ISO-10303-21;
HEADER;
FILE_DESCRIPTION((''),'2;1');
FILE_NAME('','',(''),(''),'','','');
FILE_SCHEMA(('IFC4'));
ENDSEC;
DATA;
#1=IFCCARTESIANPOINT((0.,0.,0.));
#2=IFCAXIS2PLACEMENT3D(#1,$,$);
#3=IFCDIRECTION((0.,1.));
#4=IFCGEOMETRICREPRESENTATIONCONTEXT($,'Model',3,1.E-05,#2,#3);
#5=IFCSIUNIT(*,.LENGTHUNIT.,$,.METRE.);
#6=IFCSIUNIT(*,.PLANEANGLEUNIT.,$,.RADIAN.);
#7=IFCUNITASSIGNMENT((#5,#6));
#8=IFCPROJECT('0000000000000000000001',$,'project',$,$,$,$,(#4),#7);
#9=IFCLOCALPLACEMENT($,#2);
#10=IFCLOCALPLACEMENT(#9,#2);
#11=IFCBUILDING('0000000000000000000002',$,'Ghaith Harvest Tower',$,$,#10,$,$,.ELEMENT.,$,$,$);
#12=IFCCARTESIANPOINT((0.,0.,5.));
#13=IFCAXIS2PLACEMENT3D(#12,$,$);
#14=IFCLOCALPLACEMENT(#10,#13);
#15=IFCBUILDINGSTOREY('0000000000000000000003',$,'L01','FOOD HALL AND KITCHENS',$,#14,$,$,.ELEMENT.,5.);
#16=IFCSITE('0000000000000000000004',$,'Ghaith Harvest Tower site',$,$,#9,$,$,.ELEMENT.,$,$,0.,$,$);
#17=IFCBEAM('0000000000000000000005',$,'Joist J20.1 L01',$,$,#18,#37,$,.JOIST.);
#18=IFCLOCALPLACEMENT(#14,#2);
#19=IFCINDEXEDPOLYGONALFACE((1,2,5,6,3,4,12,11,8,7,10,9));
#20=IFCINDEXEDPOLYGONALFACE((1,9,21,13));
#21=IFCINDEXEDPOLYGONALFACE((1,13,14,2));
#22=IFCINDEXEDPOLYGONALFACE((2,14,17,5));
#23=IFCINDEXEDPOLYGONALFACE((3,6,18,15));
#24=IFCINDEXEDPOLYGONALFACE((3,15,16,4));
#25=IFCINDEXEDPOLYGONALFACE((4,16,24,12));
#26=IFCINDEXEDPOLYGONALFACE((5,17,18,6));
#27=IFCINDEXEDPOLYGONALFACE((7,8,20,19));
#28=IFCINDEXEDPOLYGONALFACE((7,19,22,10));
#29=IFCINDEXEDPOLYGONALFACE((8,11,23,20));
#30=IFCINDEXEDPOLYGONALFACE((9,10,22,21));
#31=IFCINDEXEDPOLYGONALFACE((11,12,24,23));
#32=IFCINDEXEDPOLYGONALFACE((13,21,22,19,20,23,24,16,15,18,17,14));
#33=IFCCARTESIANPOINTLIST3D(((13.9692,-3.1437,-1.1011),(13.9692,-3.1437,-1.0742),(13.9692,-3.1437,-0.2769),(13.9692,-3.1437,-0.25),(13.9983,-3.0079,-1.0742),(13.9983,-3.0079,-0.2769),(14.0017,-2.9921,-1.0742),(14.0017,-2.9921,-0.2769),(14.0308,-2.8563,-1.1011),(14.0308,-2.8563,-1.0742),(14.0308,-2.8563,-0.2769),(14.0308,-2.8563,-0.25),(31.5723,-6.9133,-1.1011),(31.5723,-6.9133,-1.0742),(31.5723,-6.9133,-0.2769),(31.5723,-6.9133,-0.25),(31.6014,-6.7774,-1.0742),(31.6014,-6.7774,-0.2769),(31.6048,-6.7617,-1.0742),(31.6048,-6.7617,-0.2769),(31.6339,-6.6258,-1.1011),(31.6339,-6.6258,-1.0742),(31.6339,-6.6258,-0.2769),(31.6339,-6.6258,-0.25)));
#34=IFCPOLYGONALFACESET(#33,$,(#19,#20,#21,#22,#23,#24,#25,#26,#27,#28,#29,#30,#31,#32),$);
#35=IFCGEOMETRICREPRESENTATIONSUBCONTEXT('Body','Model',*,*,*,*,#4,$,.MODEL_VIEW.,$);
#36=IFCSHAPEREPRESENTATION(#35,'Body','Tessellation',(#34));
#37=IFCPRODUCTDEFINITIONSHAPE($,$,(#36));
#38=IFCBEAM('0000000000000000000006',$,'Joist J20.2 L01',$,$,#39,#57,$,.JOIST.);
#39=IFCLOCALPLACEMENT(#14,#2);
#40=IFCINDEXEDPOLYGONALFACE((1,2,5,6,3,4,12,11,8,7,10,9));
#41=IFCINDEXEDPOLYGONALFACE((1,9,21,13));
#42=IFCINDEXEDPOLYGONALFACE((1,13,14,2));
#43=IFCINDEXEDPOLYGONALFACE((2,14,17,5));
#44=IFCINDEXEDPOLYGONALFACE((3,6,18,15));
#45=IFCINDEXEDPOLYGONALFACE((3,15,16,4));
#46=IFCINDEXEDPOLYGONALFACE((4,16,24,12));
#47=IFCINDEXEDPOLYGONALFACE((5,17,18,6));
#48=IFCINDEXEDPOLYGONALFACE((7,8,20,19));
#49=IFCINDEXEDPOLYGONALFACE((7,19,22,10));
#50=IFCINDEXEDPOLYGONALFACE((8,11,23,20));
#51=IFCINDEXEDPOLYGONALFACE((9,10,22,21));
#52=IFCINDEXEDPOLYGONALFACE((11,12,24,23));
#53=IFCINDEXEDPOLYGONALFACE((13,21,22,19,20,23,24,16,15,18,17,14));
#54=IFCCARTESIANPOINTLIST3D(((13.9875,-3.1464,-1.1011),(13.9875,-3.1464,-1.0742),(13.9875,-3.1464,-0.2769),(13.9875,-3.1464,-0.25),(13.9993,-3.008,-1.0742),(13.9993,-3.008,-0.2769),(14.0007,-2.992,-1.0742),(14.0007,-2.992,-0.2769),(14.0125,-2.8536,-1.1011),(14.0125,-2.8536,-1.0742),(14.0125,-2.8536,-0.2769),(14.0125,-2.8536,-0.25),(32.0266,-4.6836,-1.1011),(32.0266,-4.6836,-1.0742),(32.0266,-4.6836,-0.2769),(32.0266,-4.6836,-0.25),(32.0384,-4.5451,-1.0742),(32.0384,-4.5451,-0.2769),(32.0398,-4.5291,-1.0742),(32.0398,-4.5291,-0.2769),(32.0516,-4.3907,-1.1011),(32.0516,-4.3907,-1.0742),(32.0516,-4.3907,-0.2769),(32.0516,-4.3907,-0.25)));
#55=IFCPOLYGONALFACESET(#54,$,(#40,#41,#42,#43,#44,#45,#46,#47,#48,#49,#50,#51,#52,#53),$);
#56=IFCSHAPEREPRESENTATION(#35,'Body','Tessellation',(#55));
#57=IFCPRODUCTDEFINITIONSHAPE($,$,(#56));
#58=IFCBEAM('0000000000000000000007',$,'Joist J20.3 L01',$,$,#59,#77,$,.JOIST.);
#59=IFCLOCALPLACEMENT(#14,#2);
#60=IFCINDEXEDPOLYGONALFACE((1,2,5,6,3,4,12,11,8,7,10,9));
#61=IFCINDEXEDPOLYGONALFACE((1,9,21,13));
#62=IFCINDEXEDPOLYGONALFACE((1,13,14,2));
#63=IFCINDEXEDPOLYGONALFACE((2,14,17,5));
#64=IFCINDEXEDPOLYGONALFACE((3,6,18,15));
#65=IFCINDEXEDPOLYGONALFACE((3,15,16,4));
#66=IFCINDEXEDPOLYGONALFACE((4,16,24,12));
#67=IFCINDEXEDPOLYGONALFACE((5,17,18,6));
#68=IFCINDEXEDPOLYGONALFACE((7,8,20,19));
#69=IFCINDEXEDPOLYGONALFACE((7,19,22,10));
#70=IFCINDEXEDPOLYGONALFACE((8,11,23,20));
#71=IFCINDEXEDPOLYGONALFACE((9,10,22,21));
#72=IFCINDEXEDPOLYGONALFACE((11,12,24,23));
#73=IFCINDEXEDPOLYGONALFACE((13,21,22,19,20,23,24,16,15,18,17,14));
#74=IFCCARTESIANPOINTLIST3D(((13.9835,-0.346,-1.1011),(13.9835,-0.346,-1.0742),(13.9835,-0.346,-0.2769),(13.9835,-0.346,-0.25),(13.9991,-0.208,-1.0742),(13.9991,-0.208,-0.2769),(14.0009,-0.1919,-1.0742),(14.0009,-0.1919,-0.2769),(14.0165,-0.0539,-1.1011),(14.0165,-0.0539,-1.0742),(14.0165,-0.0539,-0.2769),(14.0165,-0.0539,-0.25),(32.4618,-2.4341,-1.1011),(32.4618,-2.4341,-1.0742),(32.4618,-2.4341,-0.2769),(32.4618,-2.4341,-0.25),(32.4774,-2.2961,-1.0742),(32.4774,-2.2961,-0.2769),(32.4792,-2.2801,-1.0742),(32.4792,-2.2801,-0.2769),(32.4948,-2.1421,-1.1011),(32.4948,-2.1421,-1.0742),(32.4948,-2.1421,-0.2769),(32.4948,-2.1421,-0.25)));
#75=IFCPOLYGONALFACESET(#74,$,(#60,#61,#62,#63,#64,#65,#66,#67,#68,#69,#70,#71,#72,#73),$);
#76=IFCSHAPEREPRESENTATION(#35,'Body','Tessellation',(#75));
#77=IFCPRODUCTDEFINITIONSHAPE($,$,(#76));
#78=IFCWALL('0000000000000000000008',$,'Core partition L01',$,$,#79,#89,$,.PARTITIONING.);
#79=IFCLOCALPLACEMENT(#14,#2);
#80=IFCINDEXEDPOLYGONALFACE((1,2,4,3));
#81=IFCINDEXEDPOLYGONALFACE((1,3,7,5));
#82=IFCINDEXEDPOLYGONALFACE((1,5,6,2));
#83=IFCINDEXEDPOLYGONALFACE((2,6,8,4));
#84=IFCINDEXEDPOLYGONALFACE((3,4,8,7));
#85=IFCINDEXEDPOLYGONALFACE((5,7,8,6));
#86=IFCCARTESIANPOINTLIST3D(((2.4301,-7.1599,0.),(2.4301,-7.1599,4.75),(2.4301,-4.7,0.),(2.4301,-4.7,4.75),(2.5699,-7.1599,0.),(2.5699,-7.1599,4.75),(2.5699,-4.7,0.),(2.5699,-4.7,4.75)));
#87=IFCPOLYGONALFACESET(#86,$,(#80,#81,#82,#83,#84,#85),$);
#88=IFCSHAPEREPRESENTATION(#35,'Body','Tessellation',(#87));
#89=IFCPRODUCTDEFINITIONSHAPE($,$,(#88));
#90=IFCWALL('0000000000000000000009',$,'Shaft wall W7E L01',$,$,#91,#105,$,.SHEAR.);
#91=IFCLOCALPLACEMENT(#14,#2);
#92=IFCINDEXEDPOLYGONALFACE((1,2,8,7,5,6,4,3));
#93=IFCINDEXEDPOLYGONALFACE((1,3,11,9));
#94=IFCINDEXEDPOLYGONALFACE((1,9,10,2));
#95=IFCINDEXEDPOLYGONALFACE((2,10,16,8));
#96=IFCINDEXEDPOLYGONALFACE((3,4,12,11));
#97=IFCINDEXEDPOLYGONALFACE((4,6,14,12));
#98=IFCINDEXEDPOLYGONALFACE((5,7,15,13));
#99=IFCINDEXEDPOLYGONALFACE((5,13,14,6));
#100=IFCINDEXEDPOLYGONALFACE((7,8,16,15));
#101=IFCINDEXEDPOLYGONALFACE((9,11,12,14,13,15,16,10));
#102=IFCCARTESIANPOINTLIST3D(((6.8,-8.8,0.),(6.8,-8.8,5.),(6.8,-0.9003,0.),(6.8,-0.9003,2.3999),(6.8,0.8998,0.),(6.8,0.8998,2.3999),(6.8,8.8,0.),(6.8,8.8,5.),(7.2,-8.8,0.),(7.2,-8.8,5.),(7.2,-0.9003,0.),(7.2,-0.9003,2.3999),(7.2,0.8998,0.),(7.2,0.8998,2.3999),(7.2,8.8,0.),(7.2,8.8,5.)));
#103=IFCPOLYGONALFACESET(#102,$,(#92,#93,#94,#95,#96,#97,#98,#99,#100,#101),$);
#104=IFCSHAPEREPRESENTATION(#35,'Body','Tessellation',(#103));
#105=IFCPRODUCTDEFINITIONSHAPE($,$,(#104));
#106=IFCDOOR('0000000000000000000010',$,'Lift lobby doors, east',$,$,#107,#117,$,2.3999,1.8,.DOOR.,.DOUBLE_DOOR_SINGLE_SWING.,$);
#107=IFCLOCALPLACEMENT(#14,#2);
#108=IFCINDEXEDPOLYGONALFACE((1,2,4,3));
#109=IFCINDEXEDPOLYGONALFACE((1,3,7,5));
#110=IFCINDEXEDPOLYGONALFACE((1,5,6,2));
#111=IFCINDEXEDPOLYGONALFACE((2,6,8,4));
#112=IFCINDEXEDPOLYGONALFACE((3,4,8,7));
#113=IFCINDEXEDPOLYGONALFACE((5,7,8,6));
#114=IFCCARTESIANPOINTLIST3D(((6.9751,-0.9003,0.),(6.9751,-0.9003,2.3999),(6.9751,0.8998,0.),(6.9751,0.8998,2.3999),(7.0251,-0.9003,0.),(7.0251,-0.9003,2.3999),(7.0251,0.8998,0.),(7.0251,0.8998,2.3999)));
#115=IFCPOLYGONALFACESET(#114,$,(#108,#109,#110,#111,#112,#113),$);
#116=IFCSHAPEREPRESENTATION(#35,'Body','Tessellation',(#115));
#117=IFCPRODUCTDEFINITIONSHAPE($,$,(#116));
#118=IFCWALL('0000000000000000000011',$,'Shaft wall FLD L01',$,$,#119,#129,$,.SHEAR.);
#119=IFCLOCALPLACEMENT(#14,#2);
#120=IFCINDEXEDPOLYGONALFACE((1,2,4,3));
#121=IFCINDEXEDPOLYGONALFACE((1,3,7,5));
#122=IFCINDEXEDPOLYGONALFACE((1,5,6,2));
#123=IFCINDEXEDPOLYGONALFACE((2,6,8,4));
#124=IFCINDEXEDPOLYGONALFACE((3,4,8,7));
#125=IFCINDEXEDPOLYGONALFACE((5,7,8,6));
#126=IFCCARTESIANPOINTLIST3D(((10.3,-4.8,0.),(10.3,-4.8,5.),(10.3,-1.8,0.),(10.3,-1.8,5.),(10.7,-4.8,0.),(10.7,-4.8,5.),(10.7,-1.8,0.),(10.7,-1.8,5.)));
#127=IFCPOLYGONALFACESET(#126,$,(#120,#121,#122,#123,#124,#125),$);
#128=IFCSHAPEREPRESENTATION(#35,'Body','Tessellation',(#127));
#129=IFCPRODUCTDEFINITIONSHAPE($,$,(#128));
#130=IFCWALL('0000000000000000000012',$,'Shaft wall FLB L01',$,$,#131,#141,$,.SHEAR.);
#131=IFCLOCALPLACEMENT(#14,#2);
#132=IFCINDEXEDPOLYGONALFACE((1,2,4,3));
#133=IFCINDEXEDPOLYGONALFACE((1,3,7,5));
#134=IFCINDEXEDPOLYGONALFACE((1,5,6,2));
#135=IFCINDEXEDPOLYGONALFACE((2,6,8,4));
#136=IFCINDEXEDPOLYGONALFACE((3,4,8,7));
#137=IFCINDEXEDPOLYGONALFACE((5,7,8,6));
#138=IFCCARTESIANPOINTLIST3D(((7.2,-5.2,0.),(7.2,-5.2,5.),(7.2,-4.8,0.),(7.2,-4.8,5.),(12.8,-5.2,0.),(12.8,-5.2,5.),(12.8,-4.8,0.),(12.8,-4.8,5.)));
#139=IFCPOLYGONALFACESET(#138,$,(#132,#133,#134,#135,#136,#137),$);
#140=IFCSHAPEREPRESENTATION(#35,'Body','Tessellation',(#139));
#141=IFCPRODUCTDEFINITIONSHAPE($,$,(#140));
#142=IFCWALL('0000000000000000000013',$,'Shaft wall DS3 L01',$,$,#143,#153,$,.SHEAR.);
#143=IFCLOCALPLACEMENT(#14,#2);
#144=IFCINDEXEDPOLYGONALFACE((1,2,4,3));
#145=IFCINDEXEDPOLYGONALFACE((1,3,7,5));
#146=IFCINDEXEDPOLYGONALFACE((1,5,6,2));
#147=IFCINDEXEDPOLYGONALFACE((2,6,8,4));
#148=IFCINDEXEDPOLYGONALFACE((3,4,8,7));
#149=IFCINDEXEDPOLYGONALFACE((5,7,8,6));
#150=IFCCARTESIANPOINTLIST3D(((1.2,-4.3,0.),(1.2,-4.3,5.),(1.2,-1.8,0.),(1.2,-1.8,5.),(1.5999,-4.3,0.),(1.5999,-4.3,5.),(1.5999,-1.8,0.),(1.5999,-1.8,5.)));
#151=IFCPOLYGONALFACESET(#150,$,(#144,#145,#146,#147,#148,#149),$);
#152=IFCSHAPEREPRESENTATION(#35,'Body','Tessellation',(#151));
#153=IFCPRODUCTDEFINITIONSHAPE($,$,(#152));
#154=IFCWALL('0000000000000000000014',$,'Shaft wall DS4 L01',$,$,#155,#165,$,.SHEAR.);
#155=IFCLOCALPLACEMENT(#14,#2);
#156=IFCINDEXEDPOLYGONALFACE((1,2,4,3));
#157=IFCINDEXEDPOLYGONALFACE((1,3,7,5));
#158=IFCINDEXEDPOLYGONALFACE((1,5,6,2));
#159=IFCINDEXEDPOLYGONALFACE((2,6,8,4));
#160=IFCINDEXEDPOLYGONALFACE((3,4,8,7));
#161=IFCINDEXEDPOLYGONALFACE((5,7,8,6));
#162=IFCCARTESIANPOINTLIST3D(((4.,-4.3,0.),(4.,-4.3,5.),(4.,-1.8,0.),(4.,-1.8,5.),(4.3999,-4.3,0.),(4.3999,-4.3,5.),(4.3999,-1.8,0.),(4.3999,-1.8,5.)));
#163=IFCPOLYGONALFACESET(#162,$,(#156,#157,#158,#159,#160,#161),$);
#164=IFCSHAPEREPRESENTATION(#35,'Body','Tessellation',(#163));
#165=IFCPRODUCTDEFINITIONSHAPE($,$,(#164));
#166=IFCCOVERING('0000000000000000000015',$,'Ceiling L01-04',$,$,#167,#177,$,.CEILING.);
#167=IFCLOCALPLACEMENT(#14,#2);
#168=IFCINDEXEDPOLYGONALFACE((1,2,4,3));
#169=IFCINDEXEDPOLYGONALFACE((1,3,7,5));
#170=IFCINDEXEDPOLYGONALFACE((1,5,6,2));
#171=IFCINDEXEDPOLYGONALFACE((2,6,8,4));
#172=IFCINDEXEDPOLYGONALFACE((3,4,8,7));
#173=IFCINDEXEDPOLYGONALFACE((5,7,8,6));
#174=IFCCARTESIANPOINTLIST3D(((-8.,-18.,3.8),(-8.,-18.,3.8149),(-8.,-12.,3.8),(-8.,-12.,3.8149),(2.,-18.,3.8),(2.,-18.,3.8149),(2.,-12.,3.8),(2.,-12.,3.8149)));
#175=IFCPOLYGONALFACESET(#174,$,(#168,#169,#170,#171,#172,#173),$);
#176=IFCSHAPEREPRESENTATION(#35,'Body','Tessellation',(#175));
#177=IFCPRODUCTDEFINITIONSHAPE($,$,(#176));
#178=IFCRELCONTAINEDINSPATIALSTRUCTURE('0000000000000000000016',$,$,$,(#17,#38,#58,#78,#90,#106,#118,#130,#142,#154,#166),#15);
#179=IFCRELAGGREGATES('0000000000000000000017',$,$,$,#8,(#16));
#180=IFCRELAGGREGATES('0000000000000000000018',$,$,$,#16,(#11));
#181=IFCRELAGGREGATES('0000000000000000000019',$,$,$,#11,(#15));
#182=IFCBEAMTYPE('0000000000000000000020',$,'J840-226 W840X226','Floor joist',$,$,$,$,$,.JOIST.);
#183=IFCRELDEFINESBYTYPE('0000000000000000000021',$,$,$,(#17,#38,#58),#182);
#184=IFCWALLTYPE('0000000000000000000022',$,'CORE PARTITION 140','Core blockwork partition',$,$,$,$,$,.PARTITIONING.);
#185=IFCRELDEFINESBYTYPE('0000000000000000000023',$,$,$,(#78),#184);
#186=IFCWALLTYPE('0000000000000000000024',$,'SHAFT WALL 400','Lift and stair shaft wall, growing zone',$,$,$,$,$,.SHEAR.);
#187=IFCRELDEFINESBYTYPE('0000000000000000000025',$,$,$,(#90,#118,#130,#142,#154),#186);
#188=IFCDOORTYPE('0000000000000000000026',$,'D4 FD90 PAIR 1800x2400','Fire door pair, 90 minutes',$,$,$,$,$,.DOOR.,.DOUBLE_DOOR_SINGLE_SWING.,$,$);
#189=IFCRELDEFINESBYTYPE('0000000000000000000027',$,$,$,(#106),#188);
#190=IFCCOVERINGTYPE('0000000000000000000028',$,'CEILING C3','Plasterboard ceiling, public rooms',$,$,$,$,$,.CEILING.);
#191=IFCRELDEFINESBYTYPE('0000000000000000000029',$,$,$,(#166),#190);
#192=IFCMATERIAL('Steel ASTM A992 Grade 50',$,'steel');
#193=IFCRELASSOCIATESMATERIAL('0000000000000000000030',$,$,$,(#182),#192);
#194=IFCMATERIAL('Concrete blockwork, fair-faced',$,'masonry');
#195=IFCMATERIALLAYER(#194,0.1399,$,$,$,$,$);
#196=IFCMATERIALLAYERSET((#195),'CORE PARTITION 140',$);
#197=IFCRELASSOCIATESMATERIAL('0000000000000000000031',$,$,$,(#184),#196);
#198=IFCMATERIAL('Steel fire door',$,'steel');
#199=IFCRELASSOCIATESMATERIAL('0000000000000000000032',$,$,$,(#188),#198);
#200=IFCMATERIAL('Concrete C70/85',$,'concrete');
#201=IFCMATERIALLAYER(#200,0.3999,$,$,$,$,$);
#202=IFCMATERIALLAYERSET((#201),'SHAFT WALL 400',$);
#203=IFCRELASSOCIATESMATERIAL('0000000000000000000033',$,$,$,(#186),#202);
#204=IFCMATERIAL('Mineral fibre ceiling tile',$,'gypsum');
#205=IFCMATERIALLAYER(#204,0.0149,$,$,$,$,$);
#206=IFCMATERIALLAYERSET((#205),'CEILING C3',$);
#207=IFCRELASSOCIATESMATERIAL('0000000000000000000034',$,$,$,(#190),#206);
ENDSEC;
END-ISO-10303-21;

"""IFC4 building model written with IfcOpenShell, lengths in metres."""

from ifc_helpers import new_model, si_unit, direction, frame, frame_2d, origin, origin_2d, place, context, subcontext, project, spatial, polyline, rectangle, i_section, outline, extrude, material, layer, layer_set, material_profile, profile_set, type_object, element, fill, save


model = new_model("IFC4")

# Units and contexts
model_context = context("Model", 3, precision=1e-05, world=origin(), true_north=direction((0.0, 1.0)))
body_context = subcontext(model_context, "Body", "Model", "MODEL_VIEW")
ifc_project = project(units=[si_unit("LENGTHUNIT", "METRE"), si_unit("PLANEANGLEUNIT", "RADIAN")], contexts=[model_context])

# Site, building, storey
site_placement = place(None, origin())
site = spatial("IfcSite", under=ifc_project, at=site_placement, Name="Ghaith Harvest Tower site", CompositionType="ELEMENT", RefElevation=0.0)
building_placement = place(site_placement, origin())
building = spatial("IfcBuilding", under=site, at=building_placement, Name="Ghaith Harvest Tower", CompositionType="ELEMENT")
storey_placement = place(building_placement, frame((0.0, 0.0, 5.0)))
storey = spatial("IfcBuildingStorey", under=building, at=storey_placement, Name="L01", Description="FOOD HALL AND KITCHENS", CompositionType="ELEMENT", Elevation=5.0)

# Beams
ifc_material_1 = material(Name="Steel ASTM A992 Grade 50", Category="steel")
ifc_material_profile_1 = material_profile(ifc_material_1, i_section(OverallWidth=0.2939, OverallDepth=0.8511, WebThickness=0.0161, FlangeThickness=0.0269, at=origin_2d()), Name="W840X226")
ifc_profile_set_1 = profile_set([ifc_material_profile_1], Name="Steel ASTM A992 Grade 50")
beam_type_1 = type_object("IfcBeamType", Name="J840-226 W840X226", Description="Floor joist", PredefinedType="JOIST", material=ifc_profile_set_1)
beam_1_placement = place(storey_placement, frame((14.0, -3.0, -0.6755), z_axis=(0.977831, -0.209394, 0.0), x_axis=(0.209394, 0.977831, 0.0)))
element("IfcBeam", 1, at=beam_1_placement, inside=storey, type_object=beam_type_1, Name="Joist J20.1 L01", PredefinedType="JOIST", context=body_context, shape_type="SweptSolid", body=[
    extrude(i_section(OverallWidth=0.2939, OverallDepth=0.8511, WebThickness=0.0161, FlangeThickness=0.0269, at=origin_2d()), origin(), (0.0, 0.0, 1.0), 18.0022),
])
beam_2_placement = place(storey_placement, frame((14.0, -3.0, -0.6755), z_axis=(0.996389, -0.084902, 0.0), x_axis=(0.084902, 0.996389, 0.0)))
element("IfcBeam", 2, at=beam_2_placement, inside=storey, type_object=beam_type_1, Name="Joist J20.2 L01", PredefinedType="JOIST", context=body_context, shape_type="SweptSolid", body=[
    extrude(i_section(OverallWidth=0.2939, OverallDepth=0.8511, WebThickness=0.0161, FlangeThickness=0.0269, at=origin_2d()), origin(), (0.0, 0.0, 1.0), 18.1045),
])
beam_3_placement = place(storey_placement, frame((14.0, -0.2, -0.6755), z_axis=(0.993675, -0.11229, 0.0), x_axis=(0.11229, 0.993675, 0.0)))
element("IfcBeam", 3, at=beam_3_placement, inside=storey, type_object=beam_type_1, Name="Joist J20.3 L01", PredefinedType="JOIST", context=body_context, shape_type="SweptSolid", body=[
    extrude(i_section(OverallWidth=0.2939, OverallDepth=0.8511, WebThickness=0.0161, FlangeThickness=0.0269, at=origin_2d()), origin(), (0.0, 0.0, 1.0), 18.5959),
])

# Wall
ifc_material_2 = material(Name="Concrete blockwork, fair-faced", Category="masonry")
ifc_layer_1 = layer(ifc_material_2, 0.1399)
ifc_layer_set_1 = layer_set([ifc_layer_1], Name="CORE PARTITION 140")
wall_type_1 = type_object("IfcWallType", Name="CORE PARTITION 140", Description="Core blockwork partition", PredefinedType="PARTITIONING", material=ifc_layer_set_1)
wall_1_placement = place(storey_placement, frame((2.5, -4.7, 0.0), z_axis=(0.0, 0.0, 1.0), x_axis=(0.0, -1.0, 0.0)))
element("IfcWall", 4, at=wall_1_placement, inside=storey, type_object=wall_type_1, Name="Core partition L01", PredefinedType="PARTITIONING", context=body_context, shape_type="SweptSolid", body=[
    extrude(rectangle(XDim=2.46, YDim=0.1399, at=frame_2d((1.23, 0.0))), origin(), (0.0, 0.0, 1.0), 4.75),
])

# Wall, opening, door
ifc_material_3 = material(Name="Steel fire door", Category="steel")
door_type_1 = type_object("IfcDoorType", Name="D4 FD90 PAIR 1800x2400", Description="Fire door pair, 90 minutes", OperationType="DOUBLE_DOOR_SINGLE_SWING", PredefinedType="DOOR", material=ifc_material_3)
ifc_material_4 = material(Name="Concrete C70/85", Category="concrete")
ifc_layer_2 = layer(ifc_material_4, 0.3999)
ifc_layer_set_2 = layer_set([ifc_layer_2], Name="SHAFT WALL 400")
wall_type_2 = type_object("IfcWallType", Name="SHAFT WALL 400", Description="Lift and stair shaft wall, growing zone", PredefinedType="SHEAR", material=ifc_layer_set_2)
wall_2_placement = place(storey_placement, frame((7.0, -8.8, 0.0), z_axis=(0.0, 0.0, 1.0), x_axis=(0.0, 1.0, 0.0)))
wall_2 = element("IfcWall", 5, at=wall_2_placement, inside=storey, type_object=wall_type_2, Name="Shaft wall W7E L01", PredefinedType="SHEAR", context=body_context, shape_type="SweptSolid", body=[
    extrude(rectangle(XDim=17.6001, YDim=0.3999, at=frame_2d((8.8, 0.0))), origin(), (0.0, 0.0, 1.0), 5.0),
])
opening_1_placement = place(wall_2_placement, frame((7.8999, 0.0, 0.0)))
opening_1 = element("IfcOpeningElement", 6, at=opening_1_placement, cuts=wall_2, PredefinedType="OPENING", context=body_context, shape_type="SweptSolid", body=[
    extrude(rectangle(XDim=1.8, YDim=2.3999, at=frame_2d((0.8999, 1.2))), frame((0.0, 0.21, 0.0), z_axis=(0.0, -1.0, 0.0), x_axis=(1.0, 0.0, 0.0)), (0.0, 0.0, 1.0), 0.4199),
])
door_1_placement = place(opening_1_placement, origin())
door_1 = element("IfcDoor", 7, at=door_1_placement, inside=storey, type_object=door_type_1, Name="Lift lobby doors, east", OperationType="DOUBLE_DOOR_SINGLE_SWING", OverallHeight=2.3999, OverallWidth=1.8, PredefinedType="DOOR", context=body_context, shape_type="SweptSolid", body=[
    extrude(rectangle(XDim=1.8, YDim=2.3999, at=frame_2d((0.8999, 1.2))), frame((0.0, 0.0249, 0.0), z_axis=(0.0, -1.0, 0.0), x_axis=(1.0, 0.0, 0.0)), (0.0, 0.0, 1.0), 0.05),
])
fill(opening_1, door_1)

# Walls
wall_3_placement = place(storey_placement, frame((10.5, -4.8, 0.0), z_axis=(0.0, 0.0, 1.0), x_axis=(0.0, 1.0, 0.0)))
element("IfcWall", 8, at=wall_3_placement, inside=storey, type_object=wall_type_2, Name="Shaft wall FLD L01", PredefinedType="SHEAR", context=body_context, shape_type="SweptSolid", body=[
    extrude(rectangle(XDim=3.0, YDim=0.3999, at=frame_2d((1.5, 0.0))), origin(), (0.0, 0.0, 1.0), 5.0),
])
wall_4_placement = place(storey_placement, frame((7.2, -5.0, 0.0), z_axis=(0.0, 0.0, 1.0), x_axis=(1.0, 0.0, 0.0)))
element("IfcWall", 9, at=wall_4_placement, inside=storey, type_object=wall_type_2, Name="Shaft wall FLB L01", PredefinedType="SHEAR", context=body_context, shape_type="SweptSolid", body=[
    extrude(rectangle(XDim=5.6001, YDim=0.3999, at=frame_2d((2.8, 0.0))), origin(), (0.0, 0.0, 1.0), 5.0),
])
for number, where, z_axis, x_axis, name in (
    (10, (1.3999, -4.3, 0.0), (0.0, 0.0, 1.0), (0.0, 1.0, 0.0), "Shaft wall DS3 L01"),
    (11, (4.2, -4.3, 0.0), (0.0, 0.0, 1.0), (0.0, 1.0, 0.0), "Shaft wall DS4 L01"),
):
    element("IfcWall", number, at=place(storey_placement, frame(where, z_axis=z_axis, x_axis=x_axis)), inside=storey, type_object=wall_type_2, Name=name, PredefinedType="SHEAR", context=body_context, shape_type="SweptSolid", body=[
        extrude(rectangle(XDim=2.5, YDim=0.3999, at=frame_2d((1.25, 0.0))), origin(), (0.0, 0.0, 1.0), 5.0),
    ])

# Covering
ifc_material_5 = material(Name="Mineral fibre ceiling tile", Category="gypsum")
ifc_layer_3 = layer(ifc_material_5, 0.0149)
ifc_layer_set_3 = layer_set([ifc_layer_3], Name="CEILING C3")
covering_type = type_object("IfcCoveringType", Name="CEILING C3", Description="Plasterboard ceiling, public rooms", PredefinedType="CEILING", material=ifc_layer_set_3)
covering_placement = place(storey_placement, frame((0.0, 0.0, 3.8)))
element("IfcCovering", 12, at=covering_placement, inside=storey, type_object=covering_type, Name="Ceiling L01-04", PredefinedType="CEILING", context=body_context, shape_type="SweptSolid", body=[
    extrude(outline(polyline([(-8.0, -18.0), (2.0, -18.0), (2.0, -12.0), (-8.0, -12.0), (-8.0, -18.0)])), origin(), (0.0, 0.0, 1.0), 0.0149),
])

save(model, "model.ifc")
